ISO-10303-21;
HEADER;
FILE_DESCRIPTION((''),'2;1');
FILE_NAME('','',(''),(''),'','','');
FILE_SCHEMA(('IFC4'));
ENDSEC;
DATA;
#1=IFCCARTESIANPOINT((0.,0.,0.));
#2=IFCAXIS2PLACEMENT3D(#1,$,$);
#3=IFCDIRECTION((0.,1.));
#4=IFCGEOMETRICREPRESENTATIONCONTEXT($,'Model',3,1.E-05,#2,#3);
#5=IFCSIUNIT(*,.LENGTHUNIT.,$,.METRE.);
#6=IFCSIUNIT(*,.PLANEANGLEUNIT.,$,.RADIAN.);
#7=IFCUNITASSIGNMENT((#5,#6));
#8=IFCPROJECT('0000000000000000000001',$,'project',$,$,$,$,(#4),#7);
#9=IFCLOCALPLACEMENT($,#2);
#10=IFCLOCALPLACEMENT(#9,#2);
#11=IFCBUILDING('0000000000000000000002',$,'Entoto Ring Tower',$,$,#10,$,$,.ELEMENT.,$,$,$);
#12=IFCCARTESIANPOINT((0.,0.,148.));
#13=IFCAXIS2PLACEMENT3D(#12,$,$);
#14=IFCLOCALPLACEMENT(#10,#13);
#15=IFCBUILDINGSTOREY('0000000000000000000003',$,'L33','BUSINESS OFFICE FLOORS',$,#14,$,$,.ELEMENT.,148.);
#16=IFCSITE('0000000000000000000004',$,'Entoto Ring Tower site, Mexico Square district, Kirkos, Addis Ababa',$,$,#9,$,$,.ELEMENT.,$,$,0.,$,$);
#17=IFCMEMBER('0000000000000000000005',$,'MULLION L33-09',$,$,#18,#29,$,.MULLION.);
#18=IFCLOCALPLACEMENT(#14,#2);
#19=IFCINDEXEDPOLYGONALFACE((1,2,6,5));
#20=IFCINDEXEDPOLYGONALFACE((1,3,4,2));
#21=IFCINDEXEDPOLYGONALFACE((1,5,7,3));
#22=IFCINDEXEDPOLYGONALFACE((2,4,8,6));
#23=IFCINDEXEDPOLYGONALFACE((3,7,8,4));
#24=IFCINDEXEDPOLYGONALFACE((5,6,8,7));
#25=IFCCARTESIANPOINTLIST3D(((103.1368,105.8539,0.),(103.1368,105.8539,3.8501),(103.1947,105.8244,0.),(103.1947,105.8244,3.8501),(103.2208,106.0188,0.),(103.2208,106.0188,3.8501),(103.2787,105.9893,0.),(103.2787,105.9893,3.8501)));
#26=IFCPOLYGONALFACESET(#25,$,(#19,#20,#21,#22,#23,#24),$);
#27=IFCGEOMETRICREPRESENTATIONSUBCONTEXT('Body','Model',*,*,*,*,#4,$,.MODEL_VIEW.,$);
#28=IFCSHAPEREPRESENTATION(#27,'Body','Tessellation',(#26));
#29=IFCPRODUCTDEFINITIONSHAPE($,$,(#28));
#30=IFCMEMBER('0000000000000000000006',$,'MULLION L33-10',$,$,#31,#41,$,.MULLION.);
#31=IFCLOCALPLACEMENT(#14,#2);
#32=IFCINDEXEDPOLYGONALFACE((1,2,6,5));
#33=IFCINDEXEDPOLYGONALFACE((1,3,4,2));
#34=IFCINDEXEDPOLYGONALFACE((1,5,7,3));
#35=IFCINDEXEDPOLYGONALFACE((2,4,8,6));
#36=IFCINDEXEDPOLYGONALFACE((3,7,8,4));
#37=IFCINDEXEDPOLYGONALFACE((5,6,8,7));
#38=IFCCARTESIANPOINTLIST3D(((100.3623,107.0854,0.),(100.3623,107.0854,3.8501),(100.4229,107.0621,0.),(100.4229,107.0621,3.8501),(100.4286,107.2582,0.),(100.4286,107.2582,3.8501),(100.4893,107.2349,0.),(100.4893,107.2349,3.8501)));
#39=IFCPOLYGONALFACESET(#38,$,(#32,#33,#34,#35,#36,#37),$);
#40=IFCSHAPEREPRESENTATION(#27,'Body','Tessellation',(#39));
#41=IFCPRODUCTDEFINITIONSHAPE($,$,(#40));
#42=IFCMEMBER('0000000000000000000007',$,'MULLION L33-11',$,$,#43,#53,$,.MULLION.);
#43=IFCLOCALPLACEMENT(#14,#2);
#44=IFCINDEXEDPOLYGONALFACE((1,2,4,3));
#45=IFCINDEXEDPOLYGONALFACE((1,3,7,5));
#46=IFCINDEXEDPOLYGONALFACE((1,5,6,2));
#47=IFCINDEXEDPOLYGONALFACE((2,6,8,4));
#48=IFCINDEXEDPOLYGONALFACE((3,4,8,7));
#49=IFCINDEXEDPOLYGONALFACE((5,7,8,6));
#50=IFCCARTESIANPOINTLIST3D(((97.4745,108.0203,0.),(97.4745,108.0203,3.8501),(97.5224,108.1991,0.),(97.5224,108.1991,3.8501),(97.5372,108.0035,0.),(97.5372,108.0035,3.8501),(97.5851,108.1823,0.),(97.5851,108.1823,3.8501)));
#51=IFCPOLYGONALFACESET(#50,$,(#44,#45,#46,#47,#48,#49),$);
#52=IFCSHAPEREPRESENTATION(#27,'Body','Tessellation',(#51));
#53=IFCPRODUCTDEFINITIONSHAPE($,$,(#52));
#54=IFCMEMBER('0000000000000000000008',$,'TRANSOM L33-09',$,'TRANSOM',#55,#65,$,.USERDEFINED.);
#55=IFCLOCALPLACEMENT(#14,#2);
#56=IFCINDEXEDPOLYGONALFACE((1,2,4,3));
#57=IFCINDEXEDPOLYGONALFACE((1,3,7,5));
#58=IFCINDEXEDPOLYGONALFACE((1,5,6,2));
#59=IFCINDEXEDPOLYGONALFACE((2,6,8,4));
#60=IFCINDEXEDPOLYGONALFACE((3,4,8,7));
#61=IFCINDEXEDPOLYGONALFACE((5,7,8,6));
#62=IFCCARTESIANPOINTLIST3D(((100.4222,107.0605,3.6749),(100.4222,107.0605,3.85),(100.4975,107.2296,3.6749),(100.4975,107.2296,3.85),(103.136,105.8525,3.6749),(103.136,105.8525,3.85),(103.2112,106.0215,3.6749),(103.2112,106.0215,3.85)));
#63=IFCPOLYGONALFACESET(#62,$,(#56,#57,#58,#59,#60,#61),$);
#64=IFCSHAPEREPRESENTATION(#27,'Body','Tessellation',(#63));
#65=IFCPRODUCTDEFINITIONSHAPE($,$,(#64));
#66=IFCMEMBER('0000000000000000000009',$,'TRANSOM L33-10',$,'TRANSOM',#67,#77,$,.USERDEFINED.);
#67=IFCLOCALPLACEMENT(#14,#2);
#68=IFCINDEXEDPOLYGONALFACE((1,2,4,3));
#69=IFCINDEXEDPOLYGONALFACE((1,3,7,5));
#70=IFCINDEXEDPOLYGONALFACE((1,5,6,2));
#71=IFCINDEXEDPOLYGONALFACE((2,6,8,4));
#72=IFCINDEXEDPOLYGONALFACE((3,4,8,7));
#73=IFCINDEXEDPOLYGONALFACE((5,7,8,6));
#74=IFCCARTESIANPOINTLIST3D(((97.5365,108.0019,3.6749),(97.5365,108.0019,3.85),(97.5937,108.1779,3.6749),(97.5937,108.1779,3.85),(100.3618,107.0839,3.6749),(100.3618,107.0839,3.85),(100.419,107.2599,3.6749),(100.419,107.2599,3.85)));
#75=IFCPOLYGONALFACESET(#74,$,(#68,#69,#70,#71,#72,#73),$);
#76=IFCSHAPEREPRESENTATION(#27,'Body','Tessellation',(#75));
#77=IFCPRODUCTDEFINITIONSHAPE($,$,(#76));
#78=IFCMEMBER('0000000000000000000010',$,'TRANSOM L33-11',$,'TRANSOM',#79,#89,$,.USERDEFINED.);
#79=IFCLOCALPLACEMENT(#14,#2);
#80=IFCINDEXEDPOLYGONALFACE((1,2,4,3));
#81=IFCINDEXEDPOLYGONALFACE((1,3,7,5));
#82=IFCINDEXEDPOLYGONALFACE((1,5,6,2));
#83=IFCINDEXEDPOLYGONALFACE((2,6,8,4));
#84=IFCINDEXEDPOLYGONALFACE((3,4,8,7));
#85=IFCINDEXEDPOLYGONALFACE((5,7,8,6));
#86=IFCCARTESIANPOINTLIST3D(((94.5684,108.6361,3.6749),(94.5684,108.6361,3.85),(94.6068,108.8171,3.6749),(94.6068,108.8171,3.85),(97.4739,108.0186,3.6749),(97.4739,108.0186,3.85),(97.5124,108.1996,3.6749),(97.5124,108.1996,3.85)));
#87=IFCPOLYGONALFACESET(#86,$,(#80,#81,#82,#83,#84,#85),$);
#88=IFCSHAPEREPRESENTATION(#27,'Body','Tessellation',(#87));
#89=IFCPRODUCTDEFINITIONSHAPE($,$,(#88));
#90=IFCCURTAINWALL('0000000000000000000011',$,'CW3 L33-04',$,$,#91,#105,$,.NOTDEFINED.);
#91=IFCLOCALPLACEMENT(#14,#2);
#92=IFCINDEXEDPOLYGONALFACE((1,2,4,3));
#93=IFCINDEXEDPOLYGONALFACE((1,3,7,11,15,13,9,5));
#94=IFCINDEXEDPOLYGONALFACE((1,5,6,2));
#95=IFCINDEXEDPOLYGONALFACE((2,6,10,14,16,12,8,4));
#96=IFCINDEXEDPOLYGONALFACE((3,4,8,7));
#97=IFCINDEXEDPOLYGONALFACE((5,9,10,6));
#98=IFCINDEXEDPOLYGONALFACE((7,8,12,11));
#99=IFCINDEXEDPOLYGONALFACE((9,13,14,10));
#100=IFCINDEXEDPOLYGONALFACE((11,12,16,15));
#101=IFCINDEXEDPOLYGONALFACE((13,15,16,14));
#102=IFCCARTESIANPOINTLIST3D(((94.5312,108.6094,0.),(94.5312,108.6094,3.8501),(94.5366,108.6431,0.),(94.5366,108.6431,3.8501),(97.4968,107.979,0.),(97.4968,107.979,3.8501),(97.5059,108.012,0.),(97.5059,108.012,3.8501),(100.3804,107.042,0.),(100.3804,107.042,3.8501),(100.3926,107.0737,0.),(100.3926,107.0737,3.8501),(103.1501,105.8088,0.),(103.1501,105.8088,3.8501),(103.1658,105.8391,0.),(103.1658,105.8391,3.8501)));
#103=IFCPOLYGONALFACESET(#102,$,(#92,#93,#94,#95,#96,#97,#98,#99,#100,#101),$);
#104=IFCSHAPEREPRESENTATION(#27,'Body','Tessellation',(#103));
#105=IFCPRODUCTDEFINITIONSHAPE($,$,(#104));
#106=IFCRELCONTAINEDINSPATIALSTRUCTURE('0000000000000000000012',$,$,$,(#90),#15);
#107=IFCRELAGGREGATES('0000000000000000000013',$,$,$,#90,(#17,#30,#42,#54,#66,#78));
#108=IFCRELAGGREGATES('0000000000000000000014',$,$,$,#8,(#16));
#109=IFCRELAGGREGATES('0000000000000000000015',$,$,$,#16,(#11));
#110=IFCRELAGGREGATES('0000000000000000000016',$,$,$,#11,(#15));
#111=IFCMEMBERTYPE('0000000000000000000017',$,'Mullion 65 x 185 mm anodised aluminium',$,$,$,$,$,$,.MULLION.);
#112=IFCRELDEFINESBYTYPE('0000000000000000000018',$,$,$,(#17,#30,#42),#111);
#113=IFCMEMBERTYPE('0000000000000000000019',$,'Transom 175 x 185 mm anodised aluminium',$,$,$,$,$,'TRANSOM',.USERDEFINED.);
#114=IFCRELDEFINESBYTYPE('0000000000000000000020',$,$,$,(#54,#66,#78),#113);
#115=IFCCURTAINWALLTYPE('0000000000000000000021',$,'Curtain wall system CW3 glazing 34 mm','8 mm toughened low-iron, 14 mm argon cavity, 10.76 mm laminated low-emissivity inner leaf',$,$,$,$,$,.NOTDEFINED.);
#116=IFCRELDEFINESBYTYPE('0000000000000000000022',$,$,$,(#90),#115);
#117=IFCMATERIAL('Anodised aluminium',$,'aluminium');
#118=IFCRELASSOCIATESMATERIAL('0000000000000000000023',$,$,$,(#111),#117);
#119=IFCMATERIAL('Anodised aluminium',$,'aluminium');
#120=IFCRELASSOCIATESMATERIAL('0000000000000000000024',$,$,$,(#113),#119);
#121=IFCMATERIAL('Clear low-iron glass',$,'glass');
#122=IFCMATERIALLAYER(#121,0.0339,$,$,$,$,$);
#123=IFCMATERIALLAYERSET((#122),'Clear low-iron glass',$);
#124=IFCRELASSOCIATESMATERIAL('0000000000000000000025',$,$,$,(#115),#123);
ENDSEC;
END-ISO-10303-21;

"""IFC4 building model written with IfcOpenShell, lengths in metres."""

from ifc_helpers import new_model, si_unit, direction, frame, origin, origin_2d, place, context, subcontext, project, spatial, polyline, rectangle, outline, extrude, material, layer, layer_set, material_profile, profile_set, type_object, element, aggregate, save


model = new_model("IFC4")

# Units and contexts
model_context = context("Model", 3, precision=1e-05, world=origin(), true_north=direction((0.0, 1.0)))
body_context = subcontext(model_context, "Body", "Model", "MODEL_VIEW")
ifc_project = project(units=[si_unit("LENGTHUNIT", "METRE"), si_unit("PLANEANGLEUNIT", "RADIAN")], contexts=[model_context])

# Members
ifc_material_1 = material(Name="Anodised aluminium", Category="aluminium")
ifc_material_profile_1 = material_profile(ifc_material_1, rectangle(XDim=0.0649, YDim=0.1851, at=origin_2d()), Name="Mullion 65 x 185 mm anodised aluminium")
ifc_profile_set_1 = profile_set([ifc_material_profile_1], Name="Anodised aluminium")
member_type_1 = type_object("IfcMemberType", Name="Mullion 65 x 185 mm anodised aluminium", PredefinedType="MULLION", material=ifc_profile_set_1)
site_placement = place(None, origin())
building_placement = place(site_placement, origin())
storey_placement = place(building_placement, frame((0.0, 0.0, 148.0)))
member_1_placement = place(storey_placement, frame((103.2078, 105.9216, 0.0), z_axis=(0.0, 0.0, 1.0), x_axis=(-0.891007, 0.45399, 0.0)))
member_1 = element("IfcMember", 1, at=member_1_placement, type_object=member_type_1, Name="MULLION L33-09", PredefinedType="MULLION", context=body_context, shape_type="SweptSolid", body=[
    extrude(rectangle(XDim=0.0649, YDim=0.1851, at=origin_2d()), origin(), (0.0, 0.0, 1.0), 3.8501),
])
member_2_placement = place(storey_placement, frame((100.4258, 107.1602, 0.0), z_axis=(0.0, 0.0, 1.0), x_axis=(-0.93358, 0.358368, 0.0)))
member_2 = element("IfcMember", 2, at=member_2_placement, type_object=member_type_1, Name="MULLION L33-10", PredefinedType="MULLION", context=body_context, shape_type="SweptSolid", body=[
    extrude(rectangle(XDim=0.0649, YDim=0.1851, at=origin_2d()), origin(), (0.0, 0.0, 1.0), 3.8501),
])
member_3_placement = place(storey_placement, frame((97.5298, 108.1013, 0.0), z_axis=(0.0, 0.0, 1.0), x_axis=(-0.965926, 0.258819, 0.0)))
member_3 = element("IfcMember", 3, at=member_3_placement, type_object=member_type_1, Name="MULLION L33-11", PredefinedType="MULLION", context=body_context, shape_type="SweptSolid", body=[
    extrude(rectangle(XDim=0.0649, YDim=0.1851, at=origin_2d()), origin(), (0.0, 0.0, 1.0), 3.8501),
])
ifc_material_2 = material(Name="Anodised aluminium", Category="aluminium")
ifc_material_profile_2 = material_profile(ifc_material_2, rectangle(XDim=0.1851, YDim=0.175, at=origin_2d()), Name="Transom 175 x 185 mm anodised aluminium")
ifc_profile_set_2 = profile_set([ifc_material_profile_2], Name="Anodised aluminium")
member_type_2 = type_object("IfcMemberType", Name="Transom 175 x 185 mm anodised aluminium", ElementType="TRANSOM", PredefinedType="USERDEFINED", material=ifc_profile_set_2)
member_4_placement = place(storey_placement, frame((103.1736, 105.937, 3.7625), z_axis=(-0.913567, 0.406687, 0.0), x_axis=(-0.406687, -0.913567, 0.0)))
member_4 = element("IfcMember", 4, at=member_4_placement, type_object=member_type_2, Name="TRANSOM L33-09", ObjectType="TRANSOM", PredefinedType="USERDEFINED", context=body_context, shape_type="SweptSolid", body=[
    extrude(rectangle(XDim=0.1851, YDim=0.175, at=origin_2d()), origin(), (0.0, 0.0, 1.0), 2.9705),
])
member_5_placement = place(storey_placement, frame((100.3904, 107.1719, 3.7625), z_axis=(-0.951056, 0.309019, 0.0), x_axis=(-0.309019, -0.951056, 0.0)))
member_5 = element("IfcMember", 5, at=member_5_placement, type_object=member_type_2, Name="TRANSOM L33-10", ObjectType="TRANSOM", PredefinedType="USERDEFINED", context=body_context, shape_type="SweptSolid", body=[
    extrude(rectangle(XDim=0.1851, YDim=0.175, at=origin_2d()), origin(), (0.0, 0.0, 1.0), 2.9707),
])
member_6_placement = place(storey_placement, frame((97.4932, 108.1091, 3.7625), z_axis=(-0.978158, 0.207862, 0.0), x_axis=(-0.207862, -0.978158, 0.0)))
member_6 = element("IfcMember", 6, at=member_6_placement, type_object=member_type_2, Name="TRANSOM L33-11", ObjectType="TRANSOM", PredefinedType="USERDEFINED", context=body_context, shape_type="SweptSolid", body=[
    extrude(rectangle(XDim=0.1851, YDim=0.175, at=origin_2d()), origin(), (0.0, 0.0, 1.0), 2.9705),
])

# Site, building, storey
site = spatial("IfcSite", under=ifc_project, at=site_placement, Name="Entoto Ring Tower site, Mexico Square district, Kirkos, Addis Ababa", CompositionType="ELEMENT", RefElevation=0.0)
building = spatial("IfcBuilding", under=site, at=building_placement, Name="Entoto Ring Tower", CompositionType="ELEMENT")
storey = spatial("IfcBuildingStorey", under=building, at=storey_placement, Name="L33", Description="BUSINESS OFFICE FLOORS", CompositionType="ELEMENT", Elevation=148.0)

# Curtain wall
ifc_material_3 = material(Name="Clear low-iron glass", Category="glass")
ifc_layer = layer(ifc_material_3, 0.0339)
ifc_layer_set = layer_set([ifc_layer], Name="Clear low-iron glass")
curtain_wall_type = type_object("IfcCurtainWallType", Name="Curtain wall system CW3 glazing 34 mm", Description="8 mm toughened low-iron, 14 mm argon cavity, 10.76 mm laminated low-emissivity inner leaf", PredefinedType="NOTDEFINED", material=ifc_layer_set)
curtain_wall_1_placement = place(storey_placement, origin())
curtain_wall_1 = element("IfcCurtainWall", 7, at=curtain_wall_1_placement, inside=storey, type_object=curtain_wall_type, Name="CW3 L33-04", PredefinedType="NOTDEFINED", context=body_context, shape_type="SweptSolid", body=[
    extrude(outline(polyline([(103.1658, 105.8391), (100.3926, 107.0737), (97.5059, 108.012), (94.5366, 108.6431), (94.5312, 108.6094), (97.4968, 107.979), (100.3804, 107.042), (103.1501, 105.8088), (103.1658, 105.8391)])), origin(), (0.0, 0.0, 1.0), 3.8501),
])
aggregate(curtain_wall_1, [member_1, member_2, member_3, member_4, member_5, member_6])

save(model, "model.ifc")
